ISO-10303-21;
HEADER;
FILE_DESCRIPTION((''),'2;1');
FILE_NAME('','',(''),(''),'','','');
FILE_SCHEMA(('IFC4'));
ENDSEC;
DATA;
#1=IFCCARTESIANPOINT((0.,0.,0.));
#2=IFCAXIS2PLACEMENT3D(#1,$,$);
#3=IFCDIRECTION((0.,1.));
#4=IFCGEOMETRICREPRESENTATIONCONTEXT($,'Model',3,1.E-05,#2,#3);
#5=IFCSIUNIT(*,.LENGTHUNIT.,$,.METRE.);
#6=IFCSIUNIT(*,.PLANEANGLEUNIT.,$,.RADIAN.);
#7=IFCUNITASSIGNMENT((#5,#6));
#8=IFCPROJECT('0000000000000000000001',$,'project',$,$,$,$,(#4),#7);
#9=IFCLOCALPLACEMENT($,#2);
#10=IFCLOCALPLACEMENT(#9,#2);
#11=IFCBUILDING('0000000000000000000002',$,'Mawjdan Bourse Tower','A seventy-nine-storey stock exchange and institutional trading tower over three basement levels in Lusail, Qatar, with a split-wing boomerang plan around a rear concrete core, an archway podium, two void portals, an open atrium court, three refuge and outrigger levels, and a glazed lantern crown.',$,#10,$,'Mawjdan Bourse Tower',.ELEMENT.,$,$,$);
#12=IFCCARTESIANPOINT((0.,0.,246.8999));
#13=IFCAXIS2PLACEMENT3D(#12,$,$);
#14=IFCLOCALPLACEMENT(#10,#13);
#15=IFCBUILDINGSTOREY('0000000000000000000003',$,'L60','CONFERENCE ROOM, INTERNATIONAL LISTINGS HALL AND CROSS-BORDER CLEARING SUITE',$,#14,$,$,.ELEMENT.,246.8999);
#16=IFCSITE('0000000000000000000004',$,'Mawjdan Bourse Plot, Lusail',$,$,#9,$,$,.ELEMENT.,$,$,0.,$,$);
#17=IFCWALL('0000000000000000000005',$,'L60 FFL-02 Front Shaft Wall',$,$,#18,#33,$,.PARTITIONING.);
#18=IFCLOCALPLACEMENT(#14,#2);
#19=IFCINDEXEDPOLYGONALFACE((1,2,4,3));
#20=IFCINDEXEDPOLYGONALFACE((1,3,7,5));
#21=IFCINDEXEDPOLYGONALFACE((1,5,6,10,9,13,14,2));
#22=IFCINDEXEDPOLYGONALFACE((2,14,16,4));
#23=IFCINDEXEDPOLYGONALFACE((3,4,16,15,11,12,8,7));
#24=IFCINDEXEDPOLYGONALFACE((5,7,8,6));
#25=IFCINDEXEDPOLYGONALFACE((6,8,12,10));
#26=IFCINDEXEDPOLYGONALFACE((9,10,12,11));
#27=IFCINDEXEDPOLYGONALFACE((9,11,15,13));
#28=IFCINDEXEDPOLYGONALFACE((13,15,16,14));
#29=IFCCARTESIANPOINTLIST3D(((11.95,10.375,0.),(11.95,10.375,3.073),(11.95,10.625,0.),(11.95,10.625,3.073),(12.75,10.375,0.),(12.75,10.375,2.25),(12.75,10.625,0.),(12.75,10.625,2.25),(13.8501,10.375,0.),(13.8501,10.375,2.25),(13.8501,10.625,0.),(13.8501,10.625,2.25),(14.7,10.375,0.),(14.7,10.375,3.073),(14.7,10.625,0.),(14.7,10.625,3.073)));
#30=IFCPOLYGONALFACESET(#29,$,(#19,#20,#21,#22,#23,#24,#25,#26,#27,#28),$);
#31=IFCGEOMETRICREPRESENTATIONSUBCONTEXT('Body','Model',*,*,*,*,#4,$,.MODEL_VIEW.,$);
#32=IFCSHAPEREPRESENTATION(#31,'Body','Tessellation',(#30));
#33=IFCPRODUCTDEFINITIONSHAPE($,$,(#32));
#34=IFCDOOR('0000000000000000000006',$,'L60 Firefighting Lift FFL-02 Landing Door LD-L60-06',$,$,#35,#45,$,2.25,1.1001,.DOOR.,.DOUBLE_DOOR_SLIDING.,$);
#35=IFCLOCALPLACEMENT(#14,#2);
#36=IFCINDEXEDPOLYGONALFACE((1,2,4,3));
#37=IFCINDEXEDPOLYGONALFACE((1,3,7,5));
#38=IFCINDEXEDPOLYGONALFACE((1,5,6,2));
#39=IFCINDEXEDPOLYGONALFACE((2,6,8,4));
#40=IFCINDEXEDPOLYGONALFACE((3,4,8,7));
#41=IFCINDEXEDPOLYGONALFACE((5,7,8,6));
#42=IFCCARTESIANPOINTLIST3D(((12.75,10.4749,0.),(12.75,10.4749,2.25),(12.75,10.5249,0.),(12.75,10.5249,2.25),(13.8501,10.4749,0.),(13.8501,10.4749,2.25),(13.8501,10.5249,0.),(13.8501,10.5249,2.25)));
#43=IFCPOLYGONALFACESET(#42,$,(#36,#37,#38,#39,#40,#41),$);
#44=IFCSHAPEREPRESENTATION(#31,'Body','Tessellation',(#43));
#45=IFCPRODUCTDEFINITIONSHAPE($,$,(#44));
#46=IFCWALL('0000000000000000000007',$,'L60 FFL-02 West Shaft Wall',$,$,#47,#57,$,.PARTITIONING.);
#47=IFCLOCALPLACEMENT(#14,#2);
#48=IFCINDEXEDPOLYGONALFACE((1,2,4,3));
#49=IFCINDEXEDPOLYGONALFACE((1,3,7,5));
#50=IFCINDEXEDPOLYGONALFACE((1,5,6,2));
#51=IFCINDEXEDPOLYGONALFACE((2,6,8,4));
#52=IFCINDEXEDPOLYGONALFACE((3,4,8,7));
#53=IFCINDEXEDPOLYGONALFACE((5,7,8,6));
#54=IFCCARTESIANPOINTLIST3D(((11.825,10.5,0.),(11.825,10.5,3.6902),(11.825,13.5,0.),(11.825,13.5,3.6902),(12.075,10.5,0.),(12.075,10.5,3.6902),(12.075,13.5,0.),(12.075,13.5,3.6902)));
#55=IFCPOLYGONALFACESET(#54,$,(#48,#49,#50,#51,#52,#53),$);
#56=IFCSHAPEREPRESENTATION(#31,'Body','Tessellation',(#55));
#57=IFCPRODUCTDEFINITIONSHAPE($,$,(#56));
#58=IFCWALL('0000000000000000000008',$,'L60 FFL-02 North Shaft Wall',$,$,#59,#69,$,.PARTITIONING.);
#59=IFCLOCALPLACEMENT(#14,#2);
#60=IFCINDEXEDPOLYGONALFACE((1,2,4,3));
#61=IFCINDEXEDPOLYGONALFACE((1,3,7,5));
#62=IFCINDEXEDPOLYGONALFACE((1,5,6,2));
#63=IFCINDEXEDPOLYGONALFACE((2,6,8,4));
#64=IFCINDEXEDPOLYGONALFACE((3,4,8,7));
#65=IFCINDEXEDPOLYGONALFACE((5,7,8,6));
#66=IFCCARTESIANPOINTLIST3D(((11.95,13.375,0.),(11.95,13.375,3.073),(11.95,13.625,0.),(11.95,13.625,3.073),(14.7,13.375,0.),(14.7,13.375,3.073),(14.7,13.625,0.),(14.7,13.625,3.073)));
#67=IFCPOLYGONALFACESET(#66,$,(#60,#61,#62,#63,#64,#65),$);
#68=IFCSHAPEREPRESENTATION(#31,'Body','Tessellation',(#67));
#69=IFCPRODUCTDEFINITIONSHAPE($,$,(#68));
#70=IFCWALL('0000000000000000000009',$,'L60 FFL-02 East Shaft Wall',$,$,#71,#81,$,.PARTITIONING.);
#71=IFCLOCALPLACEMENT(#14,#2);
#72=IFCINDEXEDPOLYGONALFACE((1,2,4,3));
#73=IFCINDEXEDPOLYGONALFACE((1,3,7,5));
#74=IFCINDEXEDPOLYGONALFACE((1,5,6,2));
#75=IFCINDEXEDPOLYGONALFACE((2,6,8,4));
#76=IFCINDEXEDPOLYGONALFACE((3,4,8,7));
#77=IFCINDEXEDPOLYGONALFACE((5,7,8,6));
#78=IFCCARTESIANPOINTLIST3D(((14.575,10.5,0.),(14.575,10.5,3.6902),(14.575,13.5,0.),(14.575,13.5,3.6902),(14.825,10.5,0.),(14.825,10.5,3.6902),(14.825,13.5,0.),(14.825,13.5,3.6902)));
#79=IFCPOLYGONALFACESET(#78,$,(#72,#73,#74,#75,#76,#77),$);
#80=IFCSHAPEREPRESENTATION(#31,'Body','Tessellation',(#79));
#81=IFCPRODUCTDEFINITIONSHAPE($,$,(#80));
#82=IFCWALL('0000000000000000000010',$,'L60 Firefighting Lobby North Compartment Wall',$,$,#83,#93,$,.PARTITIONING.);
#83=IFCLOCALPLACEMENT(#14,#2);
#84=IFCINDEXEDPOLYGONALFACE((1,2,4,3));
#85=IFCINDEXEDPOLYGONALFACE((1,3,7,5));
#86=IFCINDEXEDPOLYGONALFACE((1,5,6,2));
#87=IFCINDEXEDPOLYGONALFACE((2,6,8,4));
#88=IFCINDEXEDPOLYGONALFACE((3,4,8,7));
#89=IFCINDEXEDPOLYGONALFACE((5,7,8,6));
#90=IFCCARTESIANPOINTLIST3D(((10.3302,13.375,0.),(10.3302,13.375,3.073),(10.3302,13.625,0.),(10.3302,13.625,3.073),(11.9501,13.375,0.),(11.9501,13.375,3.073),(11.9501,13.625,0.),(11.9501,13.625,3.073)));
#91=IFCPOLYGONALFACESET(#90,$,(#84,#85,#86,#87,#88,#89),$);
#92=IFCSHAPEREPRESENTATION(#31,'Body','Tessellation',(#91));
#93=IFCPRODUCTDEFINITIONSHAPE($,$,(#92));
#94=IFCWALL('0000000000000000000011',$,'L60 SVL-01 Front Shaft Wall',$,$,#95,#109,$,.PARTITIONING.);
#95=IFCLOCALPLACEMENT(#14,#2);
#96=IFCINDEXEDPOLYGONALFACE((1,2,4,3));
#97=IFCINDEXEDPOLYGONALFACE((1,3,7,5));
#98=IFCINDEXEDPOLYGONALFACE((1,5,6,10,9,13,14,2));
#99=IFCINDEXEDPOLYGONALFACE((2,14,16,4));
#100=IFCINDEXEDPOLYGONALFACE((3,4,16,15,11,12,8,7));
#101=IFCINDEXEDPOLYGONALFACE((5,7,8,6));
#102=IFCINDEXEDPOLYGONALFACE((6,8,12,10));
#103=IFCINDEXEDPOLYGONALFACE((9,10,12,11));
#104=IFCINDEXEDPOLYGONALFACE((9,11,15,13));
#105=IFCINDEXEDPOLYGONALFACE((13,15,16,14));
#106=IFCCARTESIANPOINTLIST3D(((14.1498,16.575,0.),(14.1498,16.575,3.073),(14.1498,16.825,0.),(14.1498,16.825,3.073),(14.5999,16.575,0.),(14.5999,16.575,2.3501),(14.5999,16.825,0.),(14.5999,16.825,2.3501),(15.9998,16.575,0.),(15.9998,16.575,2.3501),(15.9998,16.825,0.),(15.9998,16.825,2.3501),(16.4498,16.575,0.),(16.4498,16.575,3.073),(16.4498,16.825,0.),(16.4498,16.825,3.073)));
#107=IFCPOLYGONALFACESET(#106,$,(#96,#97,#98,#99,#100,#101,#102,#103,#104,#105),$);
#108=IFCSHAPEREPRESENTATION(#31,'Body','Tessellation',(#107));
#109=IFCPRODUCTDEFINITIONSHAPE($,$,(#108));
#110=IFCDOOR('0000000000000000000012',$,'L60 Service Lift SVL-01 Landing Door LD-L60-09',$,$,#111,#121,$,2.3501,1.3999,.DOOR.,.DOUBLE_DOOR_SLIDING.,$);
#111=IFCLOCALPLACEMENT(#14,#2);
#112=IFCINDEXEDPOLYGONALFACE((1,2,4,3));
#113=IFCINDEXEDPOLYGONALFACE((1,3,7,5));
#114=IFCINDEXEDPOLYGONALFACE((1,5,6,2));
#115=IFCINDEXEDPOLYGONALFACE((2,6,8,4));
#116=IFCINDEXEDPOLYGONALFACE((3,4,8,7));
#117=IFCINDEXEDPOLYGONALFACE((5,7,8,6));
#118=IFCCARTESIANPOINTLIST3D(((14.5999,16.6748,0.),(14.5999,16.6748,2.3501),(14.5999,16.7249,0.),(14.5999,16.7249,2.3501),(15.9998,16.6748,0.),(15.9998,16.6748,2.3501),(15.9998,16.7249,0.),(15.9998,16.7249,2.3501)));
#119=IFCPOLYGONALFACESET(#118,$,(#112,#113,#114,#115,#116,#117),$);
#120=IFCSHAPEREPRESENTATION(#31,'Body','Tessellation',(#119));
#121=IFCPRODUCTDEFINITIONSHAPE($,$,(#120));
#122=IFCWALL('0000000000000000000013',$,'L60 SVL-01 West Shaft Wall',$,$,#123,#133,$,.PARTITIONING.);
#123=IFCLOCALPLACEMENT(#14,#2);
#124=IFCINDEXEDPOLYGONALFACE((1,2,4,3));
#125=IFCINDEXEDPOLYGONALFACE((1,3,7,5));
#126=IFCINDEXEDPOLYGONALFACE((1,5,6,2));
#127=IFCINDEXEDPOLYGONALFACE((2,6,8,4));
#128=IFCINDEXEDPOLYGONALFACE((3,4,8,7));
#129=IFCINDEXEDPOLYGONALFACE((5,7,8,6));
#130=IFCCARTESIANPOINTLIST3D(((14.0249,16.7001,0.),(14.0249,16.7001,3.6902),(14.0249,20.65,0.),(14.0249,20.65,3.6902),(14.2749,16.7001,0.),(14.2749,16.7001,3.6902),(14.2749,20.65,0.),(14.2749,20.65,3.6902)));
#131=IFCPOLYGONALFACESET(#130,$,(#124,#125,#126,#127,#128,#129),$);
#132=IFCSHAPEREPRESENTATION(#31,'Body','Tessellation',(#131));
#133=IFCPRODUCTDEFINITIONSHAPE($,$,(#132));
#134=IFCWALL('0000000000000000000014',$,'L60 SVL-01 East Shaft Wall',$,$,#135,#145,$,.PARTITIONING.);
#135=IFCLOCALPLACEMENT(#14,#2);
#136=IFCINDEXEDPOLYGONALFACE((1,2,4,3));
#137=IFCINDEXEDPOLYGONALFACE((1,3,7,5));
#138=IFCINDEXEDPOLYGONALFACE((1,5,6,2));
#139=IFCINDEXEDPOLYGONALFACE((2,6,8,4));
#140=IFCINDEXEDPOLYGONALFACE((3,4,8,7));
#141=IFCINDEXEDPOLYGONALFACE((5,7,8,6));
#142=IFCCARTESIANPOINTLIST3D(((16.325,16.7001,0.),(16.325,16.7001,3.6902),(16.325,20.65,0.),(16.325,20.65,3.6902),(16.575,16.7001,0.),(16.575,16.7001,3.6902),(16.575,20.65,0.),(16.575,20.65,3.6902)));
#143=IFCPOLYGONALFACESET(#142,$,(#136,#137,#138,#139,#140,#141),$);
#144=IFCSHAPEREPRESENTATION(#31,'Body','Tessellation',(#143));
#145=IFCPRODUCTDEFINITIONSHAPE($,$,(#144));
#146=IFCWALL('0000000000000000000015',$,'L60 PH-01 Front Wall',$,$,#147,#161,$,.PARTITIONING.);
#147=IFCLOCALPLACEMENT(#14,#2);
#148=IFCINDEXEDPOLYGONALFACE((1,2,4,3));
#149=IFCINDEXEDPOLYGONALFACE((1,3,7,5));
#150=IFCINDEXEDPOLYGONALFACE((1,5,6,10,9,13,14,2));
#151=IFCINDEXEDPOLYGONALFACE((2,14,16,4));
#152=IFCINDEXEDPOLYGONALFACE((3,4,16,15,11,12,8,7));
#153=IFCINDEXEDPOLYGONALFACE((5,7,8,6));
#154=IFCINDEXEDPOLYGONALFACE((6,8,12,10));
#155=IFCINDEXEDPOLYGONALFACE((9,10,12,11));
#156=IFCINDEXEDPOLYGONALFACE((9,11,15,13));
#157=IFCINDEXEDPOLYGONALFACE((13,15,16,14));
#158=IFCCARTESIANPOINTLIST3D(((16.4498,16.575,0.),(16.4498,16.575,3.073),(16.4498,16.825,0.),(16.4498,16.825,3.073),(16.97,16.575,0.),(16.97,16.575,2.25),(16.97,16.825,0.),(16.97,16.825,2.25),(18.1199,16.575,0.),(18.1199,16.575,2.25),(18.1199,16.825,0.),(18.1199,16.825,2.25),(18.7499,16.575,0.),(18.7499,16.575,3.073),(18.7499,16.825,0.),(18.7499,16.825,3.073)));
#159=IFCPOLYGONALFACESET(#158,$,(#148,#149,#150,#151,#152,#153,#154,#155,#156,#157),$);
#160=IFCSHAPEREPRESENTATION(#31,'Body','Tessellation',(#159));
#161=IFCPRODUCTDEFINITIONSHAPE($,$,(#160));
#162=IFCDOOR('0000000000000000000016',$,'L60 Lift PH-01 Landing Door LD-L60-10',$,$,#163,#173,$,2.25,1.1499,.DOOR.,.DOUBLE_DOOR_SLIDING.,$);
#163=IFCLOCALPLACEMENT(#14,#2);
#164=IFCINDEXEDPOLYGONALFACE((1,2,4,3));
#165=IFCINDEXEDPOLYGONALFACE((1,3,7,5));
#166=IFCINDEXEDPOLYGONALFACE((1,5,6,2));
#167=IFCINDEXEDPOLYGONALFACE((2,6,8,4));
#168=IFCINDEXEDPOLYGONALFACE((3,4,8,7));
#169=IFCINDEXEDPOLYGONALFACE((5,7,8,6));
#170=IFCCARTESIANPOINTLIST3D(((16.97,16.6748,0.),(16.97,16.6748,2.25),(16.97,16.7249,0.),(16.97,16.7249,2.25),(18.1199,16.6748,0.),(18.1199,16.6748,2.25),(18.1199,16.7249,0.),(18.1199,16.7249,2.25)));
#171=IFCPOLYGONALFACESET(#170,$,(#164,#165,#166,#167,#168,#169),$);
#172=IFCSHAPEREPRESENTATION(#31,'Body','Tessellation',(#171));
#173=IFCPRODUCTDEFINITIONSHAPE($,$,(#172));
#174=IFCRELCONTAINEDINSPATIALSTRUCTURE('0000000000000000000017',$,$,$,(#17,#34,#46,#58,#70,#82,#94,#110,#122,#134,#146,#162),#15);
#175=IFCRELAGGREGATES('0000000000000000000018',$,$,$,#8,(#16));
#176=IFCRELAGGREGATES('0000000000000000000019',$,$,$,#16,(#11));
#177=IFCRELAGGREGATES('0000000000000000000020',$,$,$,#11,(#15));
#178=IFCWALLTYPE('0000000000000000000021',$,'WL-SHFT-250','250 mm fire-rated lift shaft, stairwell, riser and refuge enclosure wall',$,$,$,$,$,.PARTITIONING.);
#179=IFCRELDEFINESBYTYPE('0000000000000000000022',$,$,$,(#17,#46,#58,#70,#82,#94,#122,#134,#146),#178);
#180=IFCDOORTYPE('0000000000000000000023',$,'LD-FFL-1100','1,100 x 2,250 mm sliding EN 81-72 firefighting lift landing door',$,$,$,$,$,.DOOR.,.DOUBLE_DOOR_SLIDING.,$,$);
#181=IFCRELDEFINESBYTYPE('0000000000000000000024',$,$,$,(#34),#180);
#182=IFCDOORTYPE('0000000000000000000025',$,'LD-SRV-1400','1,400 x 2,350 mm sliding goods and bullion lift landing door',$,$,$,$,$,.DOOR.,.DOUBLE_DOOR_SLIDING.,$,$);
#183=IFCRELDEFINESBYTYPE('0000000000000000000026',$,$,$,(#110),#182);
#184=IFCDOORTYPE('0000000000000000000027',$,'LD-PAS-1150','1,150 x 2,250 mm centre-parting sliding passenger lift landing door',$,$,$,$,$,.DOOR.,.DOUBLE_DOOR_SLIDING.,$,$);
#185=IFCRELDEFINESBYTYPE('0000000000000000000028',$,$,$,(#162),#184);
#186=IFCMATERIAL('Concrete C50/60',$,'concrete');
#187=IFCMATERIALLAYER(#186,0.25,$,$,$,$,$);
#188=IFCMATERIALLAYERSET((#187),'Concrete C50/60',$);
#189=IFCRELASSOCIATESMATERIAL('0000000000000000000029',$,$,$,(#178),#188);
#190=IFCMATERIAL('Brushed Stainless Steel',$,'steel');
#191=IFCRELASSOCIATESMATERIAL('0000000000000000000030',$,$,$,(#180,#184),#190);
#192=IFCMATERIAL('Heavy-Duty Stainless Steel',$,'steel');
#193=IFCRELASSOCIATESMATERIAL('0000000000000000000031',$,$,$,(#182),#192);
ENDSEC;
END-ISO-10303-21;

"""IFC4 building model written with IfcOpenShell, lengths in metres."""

from ifc_helpers import new_model, si_unit, direction, frame, frame_2d, origin, place, context, subcontext, project, spatial, rectangle, extrude, material, layer, layer_set, type_object, element, fill, save


model = new_model("IFC4")

# Units and contexts
model_context = context("Model", 3, precision=1e-05, world=origin(), true_north=direction((0.0, 1.0)))
body_context = subcontext(model_context, "Body", "Model", "MODEL_VIEW")
ifc_project = project(units=[si_unit("LENGTHUNIT", "METRE"), si_unit("PLANEANGLEUNIT", "RADIAN")], contexts=[model_context])

# Site, building, storey
site_placement = place(None, origin())
site = spatial("IfcSite", under=ifc_project, at=site_placement, Name="Mawjdan Bourse Plot, Lusail", CompositionType="ELEMENT", RefElevation=0.0)
building_placement = place(site_placement, origin())
building = spatial("IfcBuilding", under=site, at=building_placement, Name="Mawjdan Bourse Tower", Description="A seventy-nine-storey stock exchange and institutional trading tower over three basement levels in Lusail, Qatar, with a split-wing boomerang plan around a rear concrete core, an archway podium, two void portals, an open atrium court, three refuge and outrigger levels, and a glazed lantern crown.", LongName="Mawjdan Bourse Tower", CompositionType="ELEMENT")
storey_placement = place(building_placement, frame((0.0, 0.0, 246.8999)))
storey = spatial("IfcBuildingStorey", under=building, at=storey_placement, Name="L60", Description="CONFERENCE ROOM, INTERNATIONAL LISTINGS HALL AND CROSS-BORDER CLEARING SUITE", CompositionType="ELEMENT", Elevation=246.8999)

# Wall, opening, door
ifc_material_1 = material(Name="Concrete C50/60", Category="concrete")
ifc_layer_1 = layer(ifc_material_1, 0.25)
ifc_layer_set_1 = layer_set([ifc_layer_1], Name="Concrete C50/60")
wall_type_1 = type_object("IfcWallType", Name="WL-SHFT-250", Description="250 mm fire-rated lift shaft, stairwell, riser and refuge enclosure wall", PredefinedType="PARTITIONING", material=ifc_layer_set_1)
wall_1_placement = place(storey_placement, frame((11.95, 10.5, 0.0), z_axis=(0.0, 0.0, 1.0), x_axis=(1.0, 0.0, 0.0)))
wall_1 = element("IfcWall", 1, at=wall_1_placement, inside=storey, type_object=wall_type_1, Name="L60 FFL-02 Front Shaft Wall", PredefinedType="PARTITIONING", context=body_context, shape_type="SweptSolid", body=[
    extrude(rectangle(XDim=2.75, YDim=0.25, at=frame_2d((1.375, 0.0))), origin(), (0.0, 0.0, 1.0), 3.073),
])
opening_1_placement = place(wall_1_placement, frame((0.8, 0.0, 0.0)))
opening_1 = element("IfcOpeningElement", 2, at=opening_1_placement, cuts=wall_1, PredefinedType="OPENING", context=body_context, shape_type="SweptSolid", body=[
    extrude(rectangle(XDim=1.1001, YDim=2.25, at=frame_2d((0.55, 1.125))), frame((0.0, 0.135, 0.0), z_axis=(0.0, -1.0, 0.0), x_axis=(1.0, 0.0, 0.0)), (0.0, 0.0, 1.0), 0.27),
])
ifc_material_2 = material(Name="Brushed Stainless Steel", Category="steel")
door_type_1 = type_object("IfcDoorType", Name="LD-FFL-1100", Description="1,100 x 2,250 mm sliding EN 81-72 firefighting lift landing door", OperationType="DOUBLE_DOOR_SLIDING", PredefinedType="DOOR", material=ifc_material_2)
door_1_placement = place(opening_1_placement, origin())
door_1 = element("IfcDoor", 3, at=door_1_placement, inside=storey, type_object=door_type_1, Name="L60 Firefighting Lift FFL-02 Landing Door LD-L60-06", OperationType="DOUBLE_DOOR_SLIDING", OverallHeight=2.25, OverallWidth=1.1001, PredefinedType="DOOR", context=body_context, shape_type="SweptSolid", body=[
    extrude(rectangle(XDim=1.1001, YDim=2.25, at=frame_2d((0.55, 1.125))), frame((0.0, 0.0249, 0.0), z_axis=(0.0, -1.0, 0.0), x_axis=(1.0, 0.0, 0.0)), (0.0, 0.0, 1.0), 0.05),
])
fill(opening_1, door_1)

# Walls
wall_2_placement = place(storey_placement, frame((11.95, 10.5, 0.0), z_axis=(0.0, 0.0, 1.0), x_axis=(0.0, 1.0, 0.0)))
element("IfcWall", 4, at=wall_2_placement, inside=storey, type_object=wall_type_1, Name="L60 FFL-02 West Shaft Wall", PredefinedType="PARTITIONING", context=body_context, shape_type="SweptSolid", body=[
    extrude(rectangle(XDim=3.0, YDim=0.25, at=frame_2d((1.5, 0.0))), origin(), (0.0, 0.0, 1.0), 3.6902),
])
wall_3_placement = place(storey_placement, frame((11.95, 13.5, 0.0), z_axis=(0.0, 0.0, 1.0), x_axis=(1.0, 0.0, 0.0)))
element("IfcWall", 5, at=wall_3_placement, inside=storey, type_object=wall_type_1, Name="L60 FFL-02 North Shaft Wall", PredefinedType="PARTITIONING", context=body_context, shape_type="SweptSolid", body=[
    extrude(rectangle(XDim=2.75, YDim=0.25, at=frame_2d((1.375, 0.0))), origin(), (0.0, 0.0, 1.0), 3.073),
])
wall_4_placement = place(storey_placement, frame((14.7, 10.5, 0.0), z_axis=(0.0, 0.0, 1.0), x_axis=(0.0, 1.0, 0.0)))
element("IfcWall", 6, at=wall_4_placement, inside=storey, type_object=wall_type_1, Name="L60 FFL-02 East Shaft Wall", PredefinedType="PARTITIONING", context=body_context, shape_type="SweptSolid", body=[
    extrude(rectangle(XDim=3.0, YDim=0.25, at=frame_2d((1.5, 0.0))), origin(), (0.0, 0.0, 1.0), 3.6902),
])
wall_5_placement = place(storey_placement, frame((10.3301, 13.5, 0.0), z_axis=(0.0, 0.0, 1.0), x_axis=(1.0, 0.0, 0.0)))
element("IfcWall", 7, at=wall_5_placement, inside=storey, type_object=wall_type_1, Name="L60 Firefighting Lobby North Compartment Wall", PredefinedType="PARTITIONING", context=body_context, shape_type="SweptSolid", body=[
    extrude(rectangle(XDim=1.6199, YDim=0.25, at=frame_2d((0.8101, 0.0))), origin(), (0.0, 0.0, 1.0), 3.073),
])

# Wall, opening, door
wall_6_placement = place(storey_placement, frame((14.1499, 16.7, 0.0), z_axis=(0.0, 0.0, 1.0), x_axis=(1.0, 0.0, 0.0)))
wall_6 = element("IfcWall", 8, at=wall_6_placement, inside=storey, type_object=wall_type_1, Name="L60 SVL-01 Front Shaft Wall", PredefinedType="PARTITIONING", context=body_context, shape_type="SweptSolid", body=[
    extrude(rectangle(XDim=2.3, YDim=0.25, at=frame_2d((1.1499, 0.0))), origin(), (0.0, 0.0, 1.0), 3.073),
])
opening_2_placement = place(wall_6_placement, frame((0.45, 0.0, 0.0)))
opening_2 = element("IfcOpeningElement", 9, at=opening_2_placement, cuts=wall_6, PredefinedType="OPENING", context=body_context, shape_type="SweptSolid", body=[
    extrude(rectangle(XDim=1.3999, YDim=2.3501, at=frame_2d((0.7, 1.175))), frame((0.0, 0.135, 0.0), z_axis=(0.0, -1.0, 0.0), x_axis=(1.0, 0.0, 0.0)), (0.0, 0.0, 1.0), 0.27),
])
ifc_material_3 = material(Name="Heavy-Duty Stainless Steel", Category="steel")
door_type_2 = type_object("IfcDoorType", Name="LD-SRV-1400", Description="1,400 x 2,350 mm sliding goods and bullion lift landing door", OperationType="DOUBLE_DOOR_SLIDING", PredefinedType="DOOR", material=ifc_material_3)
door_2_placement = place(opening_2_placement, origin())
door_2 = element("IfcDoor", 10, at=door_2_placement, inside=storey, type_object=door_type_2, Name="L60 Service Lift SVL-01 Landing Door LD-L60-09", OperationType="DOUBLE_DOOR_SLIDING", OverallHeight=2.3501, OverallWidth=1.3999, PredefinedType="DOOR", context=body_context, shape_type="SweptSolid", body=[
    extrude(rectangle(XDim=1.3999, YDim=2.3501, at=frame_2d((0.7, 1.175))), frame((0.0, 0.0249, 0.0), z_axis=(0.0, -1.0, 0.0), x_axis=(1.0, 0.0, 0.0)), (0.0, 0.0, 1.0), 0.05),
])
fill(opening_2, door_2)

# Walls
for number, where, z_axis, x_axis, name in (
    (11, (14.1499, 16.7, 0.0), (0.0, 0.0, 1.0), (0.0, 1.0, 0.0), "L60 SVL-01 West Shaft Wall"),
    (12, (16.45, 16.7, 0.0), (0.0, 0.0, 1.0), (0.0, 1.0, 0.0), "L60 SVL-01 East Shaft Wall"),
):
    element("IfcWall", number, at=place(storey_placement, frame(where, z_axis=z_axis, x_axis=x_axis)), inside=storey, type_object=wall_type_1, Name=name, PredefinedType="PARTITIONING", context=body_context, shape_type="SweptSolid", body=[
        extrude(rectangle(XDim=3.95, YDim=0.25, at=frame_2d((1.9751, 0.0))), origin(), (0.0, 0.0, 1.0), 3.6902),
    ])

# Wall, opening, door
wall_7_placement = place(storey_placement, frame((16.45, 16.7, 0.0), z_axis=(0.0, 0.0, 1.0), x_axis=(1.0, 0.0, 0.0)))
wall_7 = element("IfcWall", 13, at=wall_7_placement, inside=storey, type_object=wall_type_1, Name="L60 PH-01 Front Wall", PredefinedType="PARTITIONING", context=body_context, shape_type="SweptSolid", body=[
    extrude(rectangle(XDim=2.3, YDim=0.25, at=frame_2d((1.1499, 0.0))), origin(), (0.0, 0.0, 1.0), 3.073),
])
opening_3_placement = place(wall_7_placement, frame((0.52, 0.0, 0.0)))
opening_3 = element("IfcOpeningElement", 14, at=opening_3_placement, cuts=wall_7, PredefinedType="OPENING", context=body_context, shape_type="SweptSolid", body=[
    extrude(rectangle(XDim=1.1499, YDim=2.25, at=frame_2d((0.575, 1.125))), frame((0.0, 0.135, 0.0), z_axis=(0.0, -1.0, 0.0), x_axis=(1.0, 0.0, 0.0)), (0.0, 0.0, 1.0), 0.27),
])
door_type_3 = type_object("IfcDoorType", Name="LD-PAS-1150", Description="1,150 x 2,250 mm centre-parting sliding passenger lift landing door", OperationType="DOUBLE_DOOR_SLIDING", PredefinedType="DOOR", material=ifc_material_2)
door_3_placement = place(opening_3_placement, origin())
door_3 = element("IfcDoor", 15, at=door_3_placement, inside=storey, type_object=door_type_3, Name="L60 Lift PH-01 Landing Door LD-L60-10", OperationType="DOUBLE_DOOR_SLIDING", OverallHeight=2.25, OverallWidth=1.1499, PredefinedType="DOOR", context=body_context, shape_type="SweptSolid", body=[
    extrude(rectangle(XDim=1.1499, YDim=2.25, at=frame_2d((0.575, 1.125))), frame((0.0, 0.0249, 0.0), z_axis=(0.0, -1.0, 0.0), x_axis=(1.0, 0.0, 0.0)), (0.0, 0.0, 1.0), 0.05),
])
fill(opening_3, door_3)

save(model, "model.ifc")
